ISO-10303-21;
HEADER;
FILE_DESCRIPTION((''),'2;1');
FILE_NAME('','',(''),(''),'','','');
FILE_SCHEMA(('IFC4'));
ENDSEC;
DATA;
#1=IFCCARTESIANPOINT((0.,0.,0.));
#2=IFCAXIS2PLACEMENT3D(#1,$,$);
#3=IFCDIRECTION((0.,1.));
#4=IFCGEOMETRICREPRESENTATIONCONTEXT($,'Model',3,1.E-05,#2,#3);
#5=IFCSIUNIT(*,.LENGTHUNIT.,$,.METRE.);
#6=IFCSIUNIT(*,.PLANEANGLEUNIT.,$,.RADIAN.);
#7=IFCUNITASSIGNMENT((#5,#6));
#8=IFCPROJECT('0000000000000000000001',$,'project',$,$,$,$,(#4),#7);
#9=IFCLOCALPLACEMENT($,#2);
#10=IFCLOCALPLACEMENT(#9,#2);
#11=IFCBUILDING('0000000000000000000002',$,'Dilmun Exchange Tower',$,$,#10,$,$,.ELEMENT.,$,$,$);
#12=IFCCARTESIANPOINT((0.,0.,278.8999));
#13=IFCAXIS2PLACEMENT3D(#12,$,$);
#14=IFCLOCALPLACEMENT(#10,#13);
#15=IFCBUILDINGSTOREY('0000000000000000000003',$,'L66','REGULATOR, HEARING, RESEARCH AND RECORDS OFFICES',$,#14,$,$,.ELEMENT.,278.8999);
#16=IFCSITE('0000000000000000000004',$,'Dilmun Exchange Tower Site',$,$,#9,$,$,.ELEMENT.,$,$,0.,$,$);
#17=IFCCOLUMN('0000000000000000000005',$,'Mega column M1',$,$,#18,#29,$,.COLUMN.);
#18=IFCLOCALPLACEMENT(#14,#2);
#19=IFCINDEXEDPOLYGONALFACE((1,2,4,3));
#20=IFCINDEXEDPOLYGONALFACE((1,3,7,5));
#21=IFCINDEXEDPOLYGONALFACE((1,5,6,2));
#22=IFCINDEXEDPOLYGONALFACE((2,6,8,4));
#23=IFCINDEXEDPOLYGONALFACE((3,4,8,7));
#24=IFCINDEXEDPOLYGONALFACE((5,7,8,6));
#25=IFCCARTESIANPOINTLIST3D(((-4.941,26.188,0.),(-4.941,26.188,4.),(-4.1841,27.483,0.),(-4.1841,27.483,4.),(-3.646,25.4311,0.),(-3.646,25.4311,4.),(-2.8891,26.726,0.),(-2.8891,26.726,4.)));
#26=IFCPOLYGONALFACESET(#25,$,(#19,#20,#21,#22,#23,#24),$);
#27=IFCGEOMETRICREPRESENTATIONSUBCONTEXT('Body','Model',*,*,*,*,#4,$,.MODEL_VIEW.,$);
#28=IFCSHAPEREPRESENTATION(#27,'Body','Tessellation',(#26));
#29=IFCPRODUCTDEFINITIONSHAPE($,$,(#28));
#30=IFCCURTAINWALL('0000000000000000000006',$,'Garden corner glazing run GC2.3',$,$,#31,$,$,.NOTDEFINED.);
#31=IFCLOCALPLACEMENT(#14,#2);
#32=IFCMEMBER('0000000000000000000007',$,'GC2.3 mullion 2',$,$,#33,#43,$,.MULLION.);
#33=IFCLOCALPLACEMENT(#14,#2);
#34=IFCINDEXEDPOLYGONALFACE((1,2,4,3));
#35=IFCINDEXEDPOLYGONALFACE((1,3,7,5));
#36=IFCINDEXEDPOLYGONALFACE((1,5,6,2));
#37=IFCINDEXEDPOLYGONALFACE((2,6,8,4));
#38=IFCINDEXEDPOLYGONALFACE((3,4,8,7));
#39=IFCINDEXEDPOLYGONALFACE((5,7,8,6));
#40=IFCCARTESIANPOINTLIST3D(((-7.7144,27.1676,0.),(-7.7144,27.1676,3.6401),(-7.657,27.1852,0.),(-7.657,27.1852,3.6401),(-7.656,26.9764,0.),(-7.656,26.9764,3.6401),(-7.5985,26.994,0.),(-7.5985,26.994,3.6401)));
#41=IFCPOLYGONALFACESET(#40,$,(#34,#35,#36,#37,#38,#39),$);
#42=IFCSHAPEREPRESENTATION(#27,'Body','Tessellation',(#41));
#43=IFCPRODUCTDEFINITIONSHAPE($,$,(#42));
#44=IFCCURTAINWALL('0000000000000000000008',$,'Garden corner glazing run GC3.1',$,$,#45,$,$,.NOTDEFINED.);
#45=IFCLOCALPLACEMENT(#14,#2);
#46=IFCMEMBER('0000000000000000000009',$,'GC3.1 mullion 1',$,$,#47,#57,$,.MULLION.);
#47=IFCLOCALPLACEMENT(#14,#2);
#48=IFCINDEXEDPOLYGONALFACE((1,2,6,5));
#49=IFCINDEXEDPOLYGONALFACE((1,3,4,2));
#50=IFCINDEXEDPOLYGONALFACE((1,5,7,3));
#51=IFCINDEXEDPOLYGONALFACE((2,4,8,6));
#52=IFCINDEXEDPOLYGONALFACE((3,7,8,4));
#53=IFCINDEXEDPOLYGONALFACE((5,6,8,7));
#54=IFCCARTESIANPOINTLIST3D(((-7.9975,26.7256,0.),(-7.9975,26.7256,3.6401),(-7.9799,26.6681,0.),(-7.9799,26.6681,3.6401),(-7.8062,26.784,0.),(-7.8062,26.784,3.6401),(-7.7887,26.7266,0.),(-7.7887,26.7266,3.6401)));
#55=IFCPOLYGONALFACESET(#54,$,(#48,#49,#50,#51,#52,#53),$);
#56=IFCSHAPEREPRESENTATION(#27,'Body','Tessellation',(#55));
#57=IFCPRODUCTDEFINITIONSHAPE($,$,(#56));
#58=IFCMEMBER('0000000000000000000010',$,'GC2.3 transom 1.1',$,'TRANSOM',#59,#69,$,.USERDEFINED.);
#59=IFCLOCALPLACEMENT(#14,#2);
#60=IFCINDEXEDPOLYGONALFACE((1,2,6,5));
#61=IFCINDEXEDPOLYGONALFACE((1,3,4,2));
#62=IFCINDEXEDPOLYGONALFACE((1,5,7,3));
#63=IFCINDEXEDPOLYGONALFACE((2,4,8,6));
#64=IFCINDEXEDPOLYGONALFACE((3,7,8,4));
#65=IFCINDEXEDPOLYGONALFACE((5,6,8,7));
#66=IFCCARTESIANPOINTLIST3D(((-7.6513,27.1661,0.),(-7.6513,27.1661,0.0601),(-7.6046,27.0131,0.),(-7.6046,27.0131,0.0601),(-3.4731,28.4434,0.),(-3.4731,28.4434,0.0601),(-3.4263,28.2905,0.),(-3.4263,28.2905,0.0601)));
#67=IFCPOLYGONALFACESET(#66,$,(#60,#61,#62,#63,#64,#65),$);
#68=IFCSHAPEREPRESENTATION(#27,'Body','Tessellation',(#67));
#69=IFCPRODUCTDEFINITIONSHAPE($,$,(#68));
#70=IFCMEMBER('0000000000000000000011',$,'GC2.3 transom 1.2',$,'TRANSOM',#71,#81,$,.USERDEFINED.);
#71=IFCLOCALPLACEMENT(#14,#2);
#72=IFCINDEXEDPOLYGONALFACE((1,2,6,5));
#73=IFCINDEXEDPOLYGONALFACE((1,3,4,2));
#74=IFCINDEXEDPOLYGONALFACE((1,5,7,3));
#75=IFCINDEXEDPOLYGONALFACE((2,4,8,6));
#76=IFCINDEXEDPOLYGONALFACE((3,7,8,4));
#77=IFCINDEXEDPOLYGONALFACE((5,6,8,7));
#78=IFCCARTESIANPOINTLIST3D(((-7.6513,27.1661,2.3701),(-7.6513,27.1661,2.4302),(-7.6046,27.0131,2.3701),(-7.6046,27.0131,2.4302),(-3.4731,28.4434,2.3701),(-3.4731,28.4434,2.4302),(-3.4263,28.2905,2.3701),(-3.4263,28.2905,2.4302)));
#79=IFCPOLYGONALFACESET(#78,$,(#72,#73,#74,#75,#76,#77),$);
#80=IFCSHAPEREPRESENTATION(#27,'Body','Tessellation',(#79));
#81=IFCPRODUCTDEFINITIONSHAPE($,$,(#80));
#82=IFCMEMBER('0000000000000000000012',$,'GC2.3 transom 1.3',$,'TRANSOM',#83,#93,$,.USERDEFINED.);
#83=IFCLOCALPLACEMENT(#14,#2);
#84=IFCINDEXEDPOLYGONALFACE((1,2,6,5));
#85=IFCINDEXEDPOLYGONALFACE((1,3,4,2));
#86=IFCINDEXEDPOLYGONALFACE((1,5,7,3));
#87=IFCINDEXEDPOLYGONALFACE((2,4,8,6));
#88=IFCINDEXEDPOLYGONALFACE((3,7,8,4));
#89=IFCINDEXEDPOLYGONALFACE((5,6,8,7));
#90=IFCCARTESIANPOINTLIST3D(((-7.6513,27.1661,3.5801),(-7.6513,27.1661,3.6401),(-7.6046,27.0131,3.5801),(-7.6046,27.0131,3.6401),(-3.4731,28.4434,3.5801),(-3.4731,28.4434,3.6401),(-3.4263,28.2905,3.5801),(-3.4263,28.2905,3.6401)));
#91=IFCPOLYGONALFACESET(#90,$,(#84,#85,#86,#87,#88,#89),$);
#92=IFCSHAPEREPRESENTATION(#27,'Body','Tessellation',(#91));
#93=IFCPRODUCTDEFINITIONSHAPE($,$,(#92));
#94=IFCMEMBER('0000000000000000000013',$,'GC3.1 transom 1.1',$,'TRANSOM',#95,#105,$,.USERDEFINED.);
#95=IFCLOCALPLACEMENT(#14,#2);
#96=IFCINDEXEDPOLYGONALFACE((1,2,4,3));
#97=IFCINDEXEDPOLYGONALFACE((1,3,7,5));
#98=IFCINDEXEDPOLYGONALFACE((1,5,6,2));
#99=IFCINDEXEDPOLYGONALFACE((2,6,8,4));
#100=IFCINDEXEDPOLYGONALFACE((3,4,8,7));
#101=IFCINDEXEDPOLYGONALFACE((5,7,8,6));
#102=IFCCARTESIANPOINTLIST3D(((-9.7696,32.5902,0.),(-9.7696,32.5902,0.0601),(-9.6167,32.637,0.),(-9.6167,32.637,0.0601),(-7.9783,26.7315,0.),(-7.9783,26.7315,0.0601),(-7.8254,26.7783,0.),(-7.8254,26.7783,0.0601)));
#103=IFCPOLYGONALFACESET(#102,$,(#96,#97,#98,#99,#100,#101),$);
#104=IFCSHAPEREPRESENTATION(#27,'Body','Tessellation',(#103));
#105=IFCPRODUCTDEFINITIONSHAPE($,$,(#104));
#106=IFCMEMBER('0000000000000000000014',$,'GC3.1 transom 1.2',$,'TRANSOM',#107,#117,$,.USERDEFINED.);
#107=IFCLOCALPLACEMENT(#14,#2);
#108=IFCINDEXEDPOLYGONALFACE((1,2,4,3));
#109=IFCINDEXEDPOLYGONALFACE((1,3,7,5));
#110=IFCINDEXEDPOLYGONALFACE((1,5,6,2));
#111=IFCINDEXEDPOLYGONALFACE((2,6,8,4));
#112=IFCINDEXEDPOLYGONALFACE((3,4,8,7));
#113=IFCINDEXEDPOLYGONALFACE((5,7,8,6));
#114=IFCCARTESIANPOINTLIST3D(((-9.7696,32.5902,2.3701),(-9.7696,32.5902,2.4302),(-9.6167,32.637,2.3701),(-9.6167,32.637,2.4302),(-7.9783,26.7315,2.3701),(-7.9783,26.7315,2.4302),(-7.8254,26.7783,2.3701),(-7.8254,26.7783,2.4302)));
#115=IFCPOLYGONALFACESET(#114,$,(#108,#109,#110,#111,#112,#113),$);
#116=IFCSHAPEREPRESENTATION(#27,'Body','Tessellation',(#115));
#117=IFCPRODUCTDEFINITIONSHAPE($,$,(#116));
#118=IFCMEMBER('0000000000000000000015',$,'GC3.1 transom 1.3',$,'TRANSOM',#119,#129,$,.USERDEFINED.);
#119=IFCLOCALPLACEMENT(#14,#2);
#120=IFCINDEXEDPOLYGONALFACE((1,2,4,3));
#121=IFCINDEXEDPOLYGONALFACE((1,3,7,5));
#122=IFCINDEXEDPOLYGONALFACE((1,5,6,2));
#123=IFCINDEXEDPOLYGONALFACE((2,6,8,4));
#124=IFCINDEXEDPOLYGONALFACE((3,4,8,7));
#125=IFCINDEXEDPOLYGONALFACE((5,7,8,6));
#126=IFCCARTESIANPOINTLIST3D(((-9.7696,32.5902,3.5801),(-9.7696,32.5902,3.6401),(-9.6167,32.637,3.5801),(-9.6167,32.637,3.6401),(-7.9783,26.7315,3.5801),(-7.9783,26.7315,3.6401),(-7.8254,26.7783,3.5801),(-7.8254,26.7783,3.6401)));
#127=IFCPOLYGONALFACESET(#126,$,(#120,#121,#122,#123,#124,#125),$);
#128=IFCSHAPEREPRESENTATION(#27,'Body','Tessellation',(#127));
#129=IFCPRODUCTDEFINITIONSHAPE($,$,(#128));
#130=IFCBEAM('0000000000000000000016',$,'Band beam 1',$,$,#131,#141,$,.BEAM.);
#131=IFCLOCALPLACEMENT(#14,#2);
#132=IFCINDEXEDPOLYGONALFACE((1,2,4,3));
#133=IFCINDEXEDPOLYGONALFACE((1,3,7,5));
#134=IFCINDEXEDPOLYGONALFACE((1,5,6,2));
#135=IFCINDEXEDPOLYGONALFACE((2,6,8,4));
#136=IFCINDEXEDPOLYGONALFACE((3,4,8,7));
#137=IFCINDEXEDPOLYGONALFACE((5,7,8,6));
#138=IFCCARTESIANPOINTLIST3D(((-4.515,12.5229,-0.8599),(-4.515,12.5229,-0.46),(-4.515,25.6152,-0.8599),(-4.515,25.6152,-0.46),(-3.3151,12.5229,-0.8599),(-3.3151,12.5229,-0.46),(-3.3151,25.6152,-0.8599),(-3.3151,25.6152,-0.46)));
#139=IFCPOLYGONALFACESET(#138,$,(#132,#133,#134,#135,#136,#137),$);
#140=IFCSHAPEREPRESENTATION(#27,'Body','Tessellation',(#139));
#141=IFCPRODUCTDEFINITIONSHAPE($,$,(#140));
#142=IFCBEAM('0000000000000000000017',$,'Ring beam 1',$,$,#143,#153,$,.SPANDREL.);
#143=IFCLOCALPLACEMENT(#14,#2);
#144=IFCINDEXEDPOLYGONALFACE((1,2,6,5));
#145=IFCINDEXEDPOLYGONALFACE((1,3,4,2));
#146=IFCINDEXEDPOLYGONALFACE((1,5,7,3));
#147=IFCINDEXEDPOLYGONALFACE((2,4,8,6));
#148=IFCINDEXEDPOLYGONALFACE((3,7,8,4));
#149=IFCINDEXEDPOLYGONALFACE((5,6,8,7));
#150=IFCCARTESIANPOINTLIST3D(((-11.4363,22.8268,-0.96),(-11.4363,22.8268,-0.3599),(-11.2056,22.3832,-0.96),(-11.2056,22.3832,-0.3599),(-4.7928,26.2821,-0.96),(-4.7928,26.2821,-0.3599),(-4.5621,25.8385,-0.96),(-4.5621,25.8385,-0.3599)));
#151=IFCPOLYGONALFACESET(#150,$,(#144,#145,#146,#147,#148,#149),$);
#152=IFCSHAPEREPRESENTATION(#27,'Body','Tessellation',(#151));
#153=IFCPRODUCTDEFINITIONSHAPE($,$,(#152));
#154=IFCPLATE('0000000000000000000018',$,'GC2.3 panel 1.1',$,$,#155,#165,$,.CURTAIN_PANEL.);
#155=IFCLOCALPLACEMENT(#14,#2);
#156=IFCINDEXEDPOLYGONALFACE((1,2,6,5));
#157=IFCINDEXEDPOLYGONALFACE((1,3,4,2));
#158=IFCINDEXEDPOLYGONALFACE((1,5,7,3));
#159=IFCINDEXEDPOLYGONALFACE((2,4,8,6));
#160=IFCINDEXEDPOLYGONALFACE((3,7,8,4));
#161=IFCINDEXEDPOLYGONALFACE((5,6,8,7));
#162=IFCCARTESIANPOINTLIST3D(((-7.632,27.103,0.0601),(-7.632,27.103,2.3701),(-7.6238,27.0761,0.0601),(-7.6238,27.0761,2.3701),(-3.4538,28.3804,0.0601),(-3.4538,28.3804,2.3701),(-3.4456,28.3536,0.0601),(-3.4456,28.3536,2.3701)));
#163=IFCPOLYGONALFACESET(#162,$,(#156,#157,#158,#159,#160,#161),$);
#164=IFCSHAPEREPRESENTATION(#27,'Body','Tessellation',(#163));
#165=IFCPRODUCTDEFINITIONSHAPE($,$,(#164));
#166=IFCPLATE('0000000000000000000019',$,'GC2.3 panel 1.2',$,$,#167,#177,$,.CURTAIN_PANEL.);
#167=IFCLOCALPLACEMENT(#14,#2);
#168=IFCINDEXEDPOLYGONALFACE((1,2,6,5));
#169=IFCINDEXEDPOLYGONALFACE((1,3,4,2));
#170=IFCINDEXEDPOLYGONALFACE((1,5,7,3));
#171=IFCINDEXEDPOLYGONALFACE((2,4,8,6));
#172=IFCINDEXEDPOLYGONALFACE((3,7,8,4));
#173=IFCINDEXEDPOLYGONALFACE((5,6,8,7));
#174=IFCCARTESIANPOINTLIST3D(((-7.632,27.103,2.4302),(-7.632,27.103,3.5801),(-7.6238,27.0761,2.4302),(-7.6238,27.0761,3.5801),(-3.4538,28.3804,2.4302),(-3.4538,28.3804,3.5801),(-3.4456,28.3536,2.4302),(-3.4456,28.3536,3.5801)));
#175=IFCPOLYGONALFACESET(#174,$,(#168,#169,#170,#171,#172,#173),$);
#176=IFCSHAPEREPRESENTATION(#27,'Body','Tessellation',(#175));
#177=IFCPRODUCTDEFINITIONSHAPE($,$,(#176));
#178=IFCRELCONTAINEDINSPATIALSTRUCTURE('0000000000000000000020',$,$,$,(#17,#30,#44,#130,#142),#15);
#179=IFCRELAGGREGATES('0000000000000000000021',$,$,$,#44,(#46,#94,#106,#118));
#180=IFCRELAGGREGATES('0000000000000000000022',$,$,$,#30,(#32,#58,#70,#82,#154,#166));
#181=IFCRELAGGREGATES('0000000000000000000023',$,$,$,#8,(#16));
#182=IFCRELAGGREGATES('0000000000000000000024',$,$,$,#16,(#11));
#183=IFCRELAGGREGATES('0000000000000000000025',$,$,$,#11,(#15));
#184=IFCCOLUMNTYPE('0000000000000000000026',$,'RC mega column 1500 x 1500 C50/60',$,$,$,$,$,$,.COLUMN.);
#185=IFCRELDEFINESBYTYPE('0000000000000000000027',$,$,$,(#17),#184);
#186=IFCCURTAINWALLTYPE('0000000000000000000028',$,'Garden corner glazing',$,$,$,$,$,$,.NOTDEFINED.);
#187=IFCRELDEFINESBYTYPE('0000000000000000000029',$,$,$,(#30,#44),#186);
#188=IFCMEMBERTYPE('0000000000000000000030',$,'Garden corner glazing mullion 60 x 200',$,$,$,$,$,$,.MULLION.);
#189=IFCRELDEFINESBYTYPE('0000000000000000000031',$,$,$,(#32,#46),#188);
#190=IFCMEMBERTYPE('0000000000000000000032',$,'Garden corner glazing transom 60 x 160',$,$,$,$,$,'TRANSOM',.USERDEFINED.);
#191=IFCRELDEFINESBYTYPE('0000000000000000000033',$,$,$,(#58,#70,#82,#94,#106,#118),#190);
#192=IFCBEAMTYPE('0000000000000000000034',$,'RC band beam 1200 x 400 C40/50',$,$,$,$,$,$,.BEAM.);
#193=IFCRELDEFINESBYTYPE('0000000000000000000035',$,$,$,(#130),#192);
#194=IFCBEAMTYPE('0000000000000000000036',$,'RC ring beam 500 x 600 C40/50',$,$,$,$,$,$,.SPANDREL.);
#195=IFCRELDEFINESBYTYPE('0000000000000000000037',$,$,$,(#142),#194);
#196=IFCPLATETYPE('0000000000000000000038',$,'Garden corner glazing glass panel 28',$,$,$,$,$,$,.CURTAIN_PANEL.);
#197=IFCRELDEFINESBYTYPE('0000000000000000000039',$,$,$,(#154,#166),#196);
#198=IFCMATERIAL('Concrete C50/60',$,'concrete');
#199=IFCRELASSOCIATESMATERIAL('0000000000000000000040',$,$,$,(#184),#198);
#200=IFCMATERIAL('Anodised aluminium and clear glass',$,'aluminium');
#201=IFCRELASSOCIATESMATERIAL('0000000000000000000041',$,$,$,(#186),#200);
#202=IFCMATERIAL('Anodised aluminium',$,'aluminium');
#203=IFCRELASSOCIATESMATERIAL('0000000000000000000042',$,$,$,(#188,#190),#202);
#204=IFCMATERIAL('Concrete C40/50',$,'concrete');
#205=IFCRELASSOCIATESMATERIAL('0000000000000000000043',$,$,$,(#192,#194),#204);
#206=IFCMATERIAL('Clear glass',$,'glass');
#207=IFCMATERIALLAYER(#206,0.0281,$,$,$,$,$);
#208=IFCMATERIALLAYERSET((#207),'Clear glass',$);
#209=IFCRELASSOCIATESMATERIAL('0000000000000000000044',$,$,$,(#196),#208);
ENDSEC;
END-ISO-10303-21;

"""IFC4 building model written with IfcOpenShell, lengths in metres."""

from ifc_helpers import new_model, si_unit, direction, frame, origin, origin_2d, place, context, subcontext, project, spatial, rectangle, extrude, material, layer, layer_set, material_profile, profile_set, type_object, element, aggregate, save


model = new_model("IFC4")

# Units and contexts
model_context = context("Model", 3, precision=1e-05, world=origin(), true_north=direction((0.0, 1.0)))
body_context = subcontext(model_context, "Body", "Model", "MODEL_VIEW")
ifc_project = project(units=[si_unit("LENGTHUNIT", "METRE"), si_unit("PLANEANGLEUNIT", "RADIAN")], contexts=[model_context])

# Site, building, storey
site_placement = place(None, origin())
site = spatial("IfcSite", under=ifc_project, at=site_placement, Name="Dilmun Exchange Tower Site", CompositionType="ELEMENT", RefElevation=0.0)
building_placement = place(site_placement, origin())
building = spatial("IfcBuilding", under=site, at=building_placement, Name="Dilmun Exchange Tower", CompositionType="ELEMENT")
storey_placement = place(building_placement, frame((0.0, 0.0, 278.8999)))
storey = spatial("IfcBuildingStorey", under=building, at=storey_placement, Name="L66", Description="REGULATOR, HEARING, RESEARCH AND RECORDS OFFICES", CompositionType="ELEMENT", Elevation=278.8999)

# Column
ifc_material_1 = material(Name="Concrete C50/60", Category="concrete")
ifc_material_profile_1 = material_profile(ifc_material_1, rectangle(XDim=1.5, YDim=1.5, at=origin_2d()), Name="1500 x 1500")
ifc_profile_set_1 = profile_set([ifc_material_profile_1], Name="Concrete C50/60")
column_type = type_object("IfcColumnType", Name="RC mega column 1500 x 1500 C50/60", PredefinedType="COLUMN", material=ifc_profile_set_1)
column_placement = place(storey_placement, frame((-3.915, 26.457, 0.0), z_axis=(0.0, 0.0, 1.0), x_axis=(0.504644, 0.863328, 0.0)))
element("IfcColumn", 1, at=column_placement, inside=storey, type_object=column_type, Name="Mega column M1", PredefinedType="COLUMN", context=body_context, shape_type="SweptSolid", body=[
    extrude(rectangle(XDim=1.5, YDim=1.5, at=origin_2d()), origin(), (0.0, 0.0, 1.0), 4.0),
])

# Curtain walls, members
ifc_material_2 = material(Name="Anodised aluminium and clear glass", Category="aluminium")
curtain_wall_type = type_object("IfcCurtainWallType", Name="Garden corner glazing", PredefinedType="NOTDEFINED", material=ifc_material_2)
curtain_wall_1_placement = place(storey_placement, origin())
curtain_wall_1 = element("IfcCurtainWall", 2, at=curtain_wall_1_placement, inside=storey, type_object=curtain_wall_type, Name="Garden corner glazing run GC2.3", PredefinedType="NOTDEFINED")
ifc_material_3 = material(Name="Anodised aluminium", Category="aluminium")
ifc_material_profile_2 = material_profile(ifc_material_3, rectangle(XDim=0.2, YDim=0.0601, at=origin_2d()), Name="AL 60x200")
ifc_profile_set_2 = profile_set([ifc_material_profile_2], Name="Anodised aluminium")
member_type_1 = type_object("IfcMemberType", Name="Garden corner glazing mullion 60 x 200", PredefinedType="MULLION", material=ifc_profile_set_2)
member_1_placement = place(storey_placement, frame((-7.6565, 27.0808, 0.0), z_axis=(0.0, 0.0, 1.0), x_axis=(0.292378, -0.956303, 0.0)))
member_1 = element("IfcMember", 3, at=member_1_placement, type_object=member_type_1, Name="GC2.3 mullion 2", PredefinedType="MULLION", context=body_context, shape_type="SweptSolid", body=[
    extrude(rectangle(XDim=0.2, YDim=0.0601, at=origin_2d()), origin(), (0.0, 0.0, 1.0), 3.6401),
])
curtain_wall_2_placement = place(storey_placement, origin())
curtain_wall_2 = element("IfcCurtainWall", 4, at=curtain_wall_2_placement, inside=storey, type_object=curtain_wall_type, Name="Garden corner glazing run GC3.1", PredefinedType="NOTDEFINED")
member_2_placement = place(storey_placement, frame((-7.8931, 26.7261, 0.0), z_axis=(0.0, 0.0, 1.0), x_axis=(-0.956304, -0.292374, 0.0)))
member_2 = element("IfcMember", 5, at=member_2_placement, type_object=member_type_1, Name="GC3.1 mullion 1", PredefinedType="MULLION", context=body_context, shape_type="SweptSolid", body=[
    extrude(rectangle(XDim=0.2, YDim=0.0601, at=origin_2d()), origin(), (0.0, 0.0, 1.0), 3.6401),
])

# Members
ifc_material_profile_3 = material_profile(ifc_material_3, rectangle(XDim=0.1599, YDim=0.0601, at=origin_2d()), Name="AL 60x160")
ifc_profile_set_3 = profile_set([ifc_material_profile_3], Name="Anodised aluminium")
member_type_2 = type_object("IfcMemberType", Name="Garden corner glazing transom 60 x 160", ElementType="TRANSOM", PredefinedType="USERDEFINED", material=ifc_profile_set_3)
member_3_placement = place(storey_placement, frame((-3.4497, 28.3669, 0.03), z_axis=(-0.956309, -0.292358, 0.0), x_axis=(0.292358, -0.956309, 0.0)))
member_3 = element("IfcMember", 6, at=member_3_placement, type_object=member_type_2, Name="GC2.3 transom 1.1", ObjectType="TRANSOM", PredefinedType="USERDEFINED", context=body_context, shape_type="SweptSolid", body=[
    extrude(rectangle(XDim=0.1599, YDim=0.0601, at=origin_2d()), origin(), (0.0, 0.0, 1.0), 4.3691),
])
member_4_placement = place(storey_placement, frame((-3.4497, 28.3669, 2.4001), z_axis=(-0.956309, -0.292358, 0.0), x_axis=(0.292358, -0.956309, 0.0)))
member_4 = element("IfcMember", 7, at=member_4_placement, type_object=member_type_2, Name="GC2.3 transom 1.2", ObjectType="TRANSOM", PredefinedType="USERDEFINED", context=body_context, shape_type="SweptSolid", body=[
    extrude(rectangle(XDim=0.1599, YDim=0.0601, at=origin_2d()), origin(), (0.0, 0.0, 1.0), 4.3691),
])
member_5_placement = place(storey_placement, frame((-3.4497, 28.3669, 3.6101), z_axis=(-0.956309, -0.292358, 0.0), x_axis=(0.292358, -0.956309, 0.0)))
member_5 = element("IfcMember", 8, at=member_5_placement, type_object=member_type_2, Name="GC2.3 transom 1.3", ObjectType="TRANSOM", PredefinedType="USERDEFINED", context=body_context, shape_type="SweptSolid", body=[
    extrude(rectangle(XDim=0.1599, YDim=0.0601, at=origin_2d()), origin(), (0.0, 0.0, 1.0), 4.3691),
])
member_6_placement = place(storey_placement, frame((-7.9019, 26.7549, 0.03), z_axis=(-0.292386, 0.956301, 0.0), x_axis=(-0.956301, -0.292386, 0.0)))
member_6 = element("IfcMember", 9, at=member_6_placement, type_object=member_type_2, Name="GC3.1 transom 1.1", ObjectType="TRANSOM", PredefinedType="USERDEFINED", context=body_context, shape_type="SweptSolid", body=[
    extrude(rectangle(XDim=0.1599, YDim=0.0601, at=origin_2d()), origin(), (0.0, 0.0, 1.0), 6.1265),
])
member_7_placement = place(storey_placement, frame((-7.9019, 26.7549, 2.4001), z_axis=(-0.292386, 0.956301, 0.0), x_axis=(-0.956301, -0.292386, 0.0)))
member_7 = element("IfcMember", 10, at=member_7_placement, type_object=member_type_2, Name="GC3.1 transom 1.2", ObjectType="TRANSOM", PredefinedType="USERDEFINED", context=body_context, shape_type="SweptSolid", body=[
    extrude(rectangle(XDim=0.1599, YDim=0.0601, at=origin_2d()), origin(), (0.0, 0.0, 1.0), 6.1265),
])
member_8_placement = place(storey_placement, frame((-7.9019, 26.7549, 3.6101), z_axis=(-0.292386, 0.956301, 0.0), x_axis=(-0.956301, -0.292386, 0.0)))
member_8 = element("IfcMember", 11, at=member_8_placement, type_object=member_type_2, Name="GC3.1 transom 1.3", ObjectType="TRANSOM", PredefinedType="USERDEFINED", context=body_context, shape_type="SweptSolid", body=[
    extrude(rectangle(XDim=0.1599, YDim=0.0601, at=origin_2d()), origin(), (0.0, 0.0, 1.0), 6.1265),
])
aggregate(curtain_wall_2, [member_2, member_6, member_7, member_8])

# Beams
ifc_material_4 = material(Name="Concrete C40/50", Category="concrete")
ifc_material_profile_4 = material_profile(ifc_material_4, rectangle(XDim=1.2, YDim=0.3999, at=origin_2d()), Name="1200 x 400")
ifc_profile_set_4 = profile_set([ifc_material_profile_4], Name="Concrete C40/50")
beam_type_1 = type_object("IfcBeamType", Name="RC band beam 1200 x 400 C40/50", PredefinedType="BEAM", material=ifc_profile_set_4)
beam_1_placement = place(storey_placement, frame((-3.915, 25.6152, -0.6599), z_axis=(0.0, -1.0, 0.0), x_axis=(1.0, 0.0, 0.0)))
element("IfcBeam", 12, at=beam_1_placement, inside=storey, type_object=beam_type_1, Name="Band beam 1", PredefinedType="BEAM", context=body_context, shape_type="SweptSolid", body=[
    extrude(rectangle(XDim=1.2, YDim=0.3999, at=origin_2d()), origin(), (0.0, 0.0, 1.0), 13.0923),
])
ifc_material_profile_5 = material_profile(ifc_material_4, rectangle(XDim=0.5, YDim=0.6001, at=origin_2d()), Name="500 x 600")
ifc_profile_set_5 = profile_set([ifc_material_profile_5], Name="Concrete C40/50")
beam_type_2 = type_object("IfcBeamType", Name="RC ring beam 500 x 600 C40/50", PredefinedType="SPANDREL", material=ifc_profile_set_5)
beam_2_placement = place(storey_placement, frame((-4.6775, 26.0603, -0.6599), z_axis=(-0.88718, -0.461424, 0.0), x_axis=(0.461424, -0.88718, 0.0)))
element("IfcBeam", 13, at=beam_2_placement, inside=storey, type_object=beam_type_2, Name="Ring beam 1", PredefinedType="SPANDREL", context=body_context, shape_type="SweptSolid", body=[
    extrude(rectangle(XDim=0.5, YDim=0.6001, at=origin_2d()), origin(), (0.0, 0.0, 1.0), 7.4883),
])

# Plates
ifc_material_5 = material(Name="Clear glass", Category="glass")
ifc_layer_1 = layer(ifc_material_5, 0.0281)
ifc_layer_set_1 = layer_set([ifc_layer_1], Name="Clear glass")
plate_type = type_object("IfcPlateType", Name="Garden corner glazing glass panel 28", PredefinedType="CURTAIN_PANEL", material=ifc_layer_set_1)
plate_1_placement = place(storey_placement, frame((-5.5388, 27.7283, 0.0601), z_axis=(0.0, 0.0, 1.0), x_axis=(-0.956303, -0.292378, 0.0)))
plate_1 = element("IfcPlate", 14, at=plate_1_placement, type_object=plate_type, Name="GC2.3 panel 1.1", PredefinedType="CURTAIN_PANEL", context=body_context, shape_type="SweptSolid", body=[
    extrude(rectangle(XDim=4.3691, YDim=0.0281, at=origin_2d()), origin(), (0.0, 0.0, 1.0), 2.3101),
])
plate_2_placement = place(storey_placement, frame((-5.5388, 27.7283, 2.4302), z_axis=(0.0, 0.0, 1.0), x_axis=(-0.956303, -0.292378, 0.0)))
plate_2 = element("IfcPlate", 15, at=plate_2_placement, type_object=plate_type, Name="GC2.3 panel 1.2", PredefinedType="CURTAIN_PANEL", context=body_context, shape_type="SweptSolid", body=[
    extrude(rectangle(XDim=4.3691, YDim=0.0281, at=origin_2d()), origin(), (0.0, 0.0, 1.0), 1.1499),
])
aggregate(curtain_wall_1, [member_1, member_3, member_4, member_5, plate_1, plate_2])

save(model, "model.ifc")
